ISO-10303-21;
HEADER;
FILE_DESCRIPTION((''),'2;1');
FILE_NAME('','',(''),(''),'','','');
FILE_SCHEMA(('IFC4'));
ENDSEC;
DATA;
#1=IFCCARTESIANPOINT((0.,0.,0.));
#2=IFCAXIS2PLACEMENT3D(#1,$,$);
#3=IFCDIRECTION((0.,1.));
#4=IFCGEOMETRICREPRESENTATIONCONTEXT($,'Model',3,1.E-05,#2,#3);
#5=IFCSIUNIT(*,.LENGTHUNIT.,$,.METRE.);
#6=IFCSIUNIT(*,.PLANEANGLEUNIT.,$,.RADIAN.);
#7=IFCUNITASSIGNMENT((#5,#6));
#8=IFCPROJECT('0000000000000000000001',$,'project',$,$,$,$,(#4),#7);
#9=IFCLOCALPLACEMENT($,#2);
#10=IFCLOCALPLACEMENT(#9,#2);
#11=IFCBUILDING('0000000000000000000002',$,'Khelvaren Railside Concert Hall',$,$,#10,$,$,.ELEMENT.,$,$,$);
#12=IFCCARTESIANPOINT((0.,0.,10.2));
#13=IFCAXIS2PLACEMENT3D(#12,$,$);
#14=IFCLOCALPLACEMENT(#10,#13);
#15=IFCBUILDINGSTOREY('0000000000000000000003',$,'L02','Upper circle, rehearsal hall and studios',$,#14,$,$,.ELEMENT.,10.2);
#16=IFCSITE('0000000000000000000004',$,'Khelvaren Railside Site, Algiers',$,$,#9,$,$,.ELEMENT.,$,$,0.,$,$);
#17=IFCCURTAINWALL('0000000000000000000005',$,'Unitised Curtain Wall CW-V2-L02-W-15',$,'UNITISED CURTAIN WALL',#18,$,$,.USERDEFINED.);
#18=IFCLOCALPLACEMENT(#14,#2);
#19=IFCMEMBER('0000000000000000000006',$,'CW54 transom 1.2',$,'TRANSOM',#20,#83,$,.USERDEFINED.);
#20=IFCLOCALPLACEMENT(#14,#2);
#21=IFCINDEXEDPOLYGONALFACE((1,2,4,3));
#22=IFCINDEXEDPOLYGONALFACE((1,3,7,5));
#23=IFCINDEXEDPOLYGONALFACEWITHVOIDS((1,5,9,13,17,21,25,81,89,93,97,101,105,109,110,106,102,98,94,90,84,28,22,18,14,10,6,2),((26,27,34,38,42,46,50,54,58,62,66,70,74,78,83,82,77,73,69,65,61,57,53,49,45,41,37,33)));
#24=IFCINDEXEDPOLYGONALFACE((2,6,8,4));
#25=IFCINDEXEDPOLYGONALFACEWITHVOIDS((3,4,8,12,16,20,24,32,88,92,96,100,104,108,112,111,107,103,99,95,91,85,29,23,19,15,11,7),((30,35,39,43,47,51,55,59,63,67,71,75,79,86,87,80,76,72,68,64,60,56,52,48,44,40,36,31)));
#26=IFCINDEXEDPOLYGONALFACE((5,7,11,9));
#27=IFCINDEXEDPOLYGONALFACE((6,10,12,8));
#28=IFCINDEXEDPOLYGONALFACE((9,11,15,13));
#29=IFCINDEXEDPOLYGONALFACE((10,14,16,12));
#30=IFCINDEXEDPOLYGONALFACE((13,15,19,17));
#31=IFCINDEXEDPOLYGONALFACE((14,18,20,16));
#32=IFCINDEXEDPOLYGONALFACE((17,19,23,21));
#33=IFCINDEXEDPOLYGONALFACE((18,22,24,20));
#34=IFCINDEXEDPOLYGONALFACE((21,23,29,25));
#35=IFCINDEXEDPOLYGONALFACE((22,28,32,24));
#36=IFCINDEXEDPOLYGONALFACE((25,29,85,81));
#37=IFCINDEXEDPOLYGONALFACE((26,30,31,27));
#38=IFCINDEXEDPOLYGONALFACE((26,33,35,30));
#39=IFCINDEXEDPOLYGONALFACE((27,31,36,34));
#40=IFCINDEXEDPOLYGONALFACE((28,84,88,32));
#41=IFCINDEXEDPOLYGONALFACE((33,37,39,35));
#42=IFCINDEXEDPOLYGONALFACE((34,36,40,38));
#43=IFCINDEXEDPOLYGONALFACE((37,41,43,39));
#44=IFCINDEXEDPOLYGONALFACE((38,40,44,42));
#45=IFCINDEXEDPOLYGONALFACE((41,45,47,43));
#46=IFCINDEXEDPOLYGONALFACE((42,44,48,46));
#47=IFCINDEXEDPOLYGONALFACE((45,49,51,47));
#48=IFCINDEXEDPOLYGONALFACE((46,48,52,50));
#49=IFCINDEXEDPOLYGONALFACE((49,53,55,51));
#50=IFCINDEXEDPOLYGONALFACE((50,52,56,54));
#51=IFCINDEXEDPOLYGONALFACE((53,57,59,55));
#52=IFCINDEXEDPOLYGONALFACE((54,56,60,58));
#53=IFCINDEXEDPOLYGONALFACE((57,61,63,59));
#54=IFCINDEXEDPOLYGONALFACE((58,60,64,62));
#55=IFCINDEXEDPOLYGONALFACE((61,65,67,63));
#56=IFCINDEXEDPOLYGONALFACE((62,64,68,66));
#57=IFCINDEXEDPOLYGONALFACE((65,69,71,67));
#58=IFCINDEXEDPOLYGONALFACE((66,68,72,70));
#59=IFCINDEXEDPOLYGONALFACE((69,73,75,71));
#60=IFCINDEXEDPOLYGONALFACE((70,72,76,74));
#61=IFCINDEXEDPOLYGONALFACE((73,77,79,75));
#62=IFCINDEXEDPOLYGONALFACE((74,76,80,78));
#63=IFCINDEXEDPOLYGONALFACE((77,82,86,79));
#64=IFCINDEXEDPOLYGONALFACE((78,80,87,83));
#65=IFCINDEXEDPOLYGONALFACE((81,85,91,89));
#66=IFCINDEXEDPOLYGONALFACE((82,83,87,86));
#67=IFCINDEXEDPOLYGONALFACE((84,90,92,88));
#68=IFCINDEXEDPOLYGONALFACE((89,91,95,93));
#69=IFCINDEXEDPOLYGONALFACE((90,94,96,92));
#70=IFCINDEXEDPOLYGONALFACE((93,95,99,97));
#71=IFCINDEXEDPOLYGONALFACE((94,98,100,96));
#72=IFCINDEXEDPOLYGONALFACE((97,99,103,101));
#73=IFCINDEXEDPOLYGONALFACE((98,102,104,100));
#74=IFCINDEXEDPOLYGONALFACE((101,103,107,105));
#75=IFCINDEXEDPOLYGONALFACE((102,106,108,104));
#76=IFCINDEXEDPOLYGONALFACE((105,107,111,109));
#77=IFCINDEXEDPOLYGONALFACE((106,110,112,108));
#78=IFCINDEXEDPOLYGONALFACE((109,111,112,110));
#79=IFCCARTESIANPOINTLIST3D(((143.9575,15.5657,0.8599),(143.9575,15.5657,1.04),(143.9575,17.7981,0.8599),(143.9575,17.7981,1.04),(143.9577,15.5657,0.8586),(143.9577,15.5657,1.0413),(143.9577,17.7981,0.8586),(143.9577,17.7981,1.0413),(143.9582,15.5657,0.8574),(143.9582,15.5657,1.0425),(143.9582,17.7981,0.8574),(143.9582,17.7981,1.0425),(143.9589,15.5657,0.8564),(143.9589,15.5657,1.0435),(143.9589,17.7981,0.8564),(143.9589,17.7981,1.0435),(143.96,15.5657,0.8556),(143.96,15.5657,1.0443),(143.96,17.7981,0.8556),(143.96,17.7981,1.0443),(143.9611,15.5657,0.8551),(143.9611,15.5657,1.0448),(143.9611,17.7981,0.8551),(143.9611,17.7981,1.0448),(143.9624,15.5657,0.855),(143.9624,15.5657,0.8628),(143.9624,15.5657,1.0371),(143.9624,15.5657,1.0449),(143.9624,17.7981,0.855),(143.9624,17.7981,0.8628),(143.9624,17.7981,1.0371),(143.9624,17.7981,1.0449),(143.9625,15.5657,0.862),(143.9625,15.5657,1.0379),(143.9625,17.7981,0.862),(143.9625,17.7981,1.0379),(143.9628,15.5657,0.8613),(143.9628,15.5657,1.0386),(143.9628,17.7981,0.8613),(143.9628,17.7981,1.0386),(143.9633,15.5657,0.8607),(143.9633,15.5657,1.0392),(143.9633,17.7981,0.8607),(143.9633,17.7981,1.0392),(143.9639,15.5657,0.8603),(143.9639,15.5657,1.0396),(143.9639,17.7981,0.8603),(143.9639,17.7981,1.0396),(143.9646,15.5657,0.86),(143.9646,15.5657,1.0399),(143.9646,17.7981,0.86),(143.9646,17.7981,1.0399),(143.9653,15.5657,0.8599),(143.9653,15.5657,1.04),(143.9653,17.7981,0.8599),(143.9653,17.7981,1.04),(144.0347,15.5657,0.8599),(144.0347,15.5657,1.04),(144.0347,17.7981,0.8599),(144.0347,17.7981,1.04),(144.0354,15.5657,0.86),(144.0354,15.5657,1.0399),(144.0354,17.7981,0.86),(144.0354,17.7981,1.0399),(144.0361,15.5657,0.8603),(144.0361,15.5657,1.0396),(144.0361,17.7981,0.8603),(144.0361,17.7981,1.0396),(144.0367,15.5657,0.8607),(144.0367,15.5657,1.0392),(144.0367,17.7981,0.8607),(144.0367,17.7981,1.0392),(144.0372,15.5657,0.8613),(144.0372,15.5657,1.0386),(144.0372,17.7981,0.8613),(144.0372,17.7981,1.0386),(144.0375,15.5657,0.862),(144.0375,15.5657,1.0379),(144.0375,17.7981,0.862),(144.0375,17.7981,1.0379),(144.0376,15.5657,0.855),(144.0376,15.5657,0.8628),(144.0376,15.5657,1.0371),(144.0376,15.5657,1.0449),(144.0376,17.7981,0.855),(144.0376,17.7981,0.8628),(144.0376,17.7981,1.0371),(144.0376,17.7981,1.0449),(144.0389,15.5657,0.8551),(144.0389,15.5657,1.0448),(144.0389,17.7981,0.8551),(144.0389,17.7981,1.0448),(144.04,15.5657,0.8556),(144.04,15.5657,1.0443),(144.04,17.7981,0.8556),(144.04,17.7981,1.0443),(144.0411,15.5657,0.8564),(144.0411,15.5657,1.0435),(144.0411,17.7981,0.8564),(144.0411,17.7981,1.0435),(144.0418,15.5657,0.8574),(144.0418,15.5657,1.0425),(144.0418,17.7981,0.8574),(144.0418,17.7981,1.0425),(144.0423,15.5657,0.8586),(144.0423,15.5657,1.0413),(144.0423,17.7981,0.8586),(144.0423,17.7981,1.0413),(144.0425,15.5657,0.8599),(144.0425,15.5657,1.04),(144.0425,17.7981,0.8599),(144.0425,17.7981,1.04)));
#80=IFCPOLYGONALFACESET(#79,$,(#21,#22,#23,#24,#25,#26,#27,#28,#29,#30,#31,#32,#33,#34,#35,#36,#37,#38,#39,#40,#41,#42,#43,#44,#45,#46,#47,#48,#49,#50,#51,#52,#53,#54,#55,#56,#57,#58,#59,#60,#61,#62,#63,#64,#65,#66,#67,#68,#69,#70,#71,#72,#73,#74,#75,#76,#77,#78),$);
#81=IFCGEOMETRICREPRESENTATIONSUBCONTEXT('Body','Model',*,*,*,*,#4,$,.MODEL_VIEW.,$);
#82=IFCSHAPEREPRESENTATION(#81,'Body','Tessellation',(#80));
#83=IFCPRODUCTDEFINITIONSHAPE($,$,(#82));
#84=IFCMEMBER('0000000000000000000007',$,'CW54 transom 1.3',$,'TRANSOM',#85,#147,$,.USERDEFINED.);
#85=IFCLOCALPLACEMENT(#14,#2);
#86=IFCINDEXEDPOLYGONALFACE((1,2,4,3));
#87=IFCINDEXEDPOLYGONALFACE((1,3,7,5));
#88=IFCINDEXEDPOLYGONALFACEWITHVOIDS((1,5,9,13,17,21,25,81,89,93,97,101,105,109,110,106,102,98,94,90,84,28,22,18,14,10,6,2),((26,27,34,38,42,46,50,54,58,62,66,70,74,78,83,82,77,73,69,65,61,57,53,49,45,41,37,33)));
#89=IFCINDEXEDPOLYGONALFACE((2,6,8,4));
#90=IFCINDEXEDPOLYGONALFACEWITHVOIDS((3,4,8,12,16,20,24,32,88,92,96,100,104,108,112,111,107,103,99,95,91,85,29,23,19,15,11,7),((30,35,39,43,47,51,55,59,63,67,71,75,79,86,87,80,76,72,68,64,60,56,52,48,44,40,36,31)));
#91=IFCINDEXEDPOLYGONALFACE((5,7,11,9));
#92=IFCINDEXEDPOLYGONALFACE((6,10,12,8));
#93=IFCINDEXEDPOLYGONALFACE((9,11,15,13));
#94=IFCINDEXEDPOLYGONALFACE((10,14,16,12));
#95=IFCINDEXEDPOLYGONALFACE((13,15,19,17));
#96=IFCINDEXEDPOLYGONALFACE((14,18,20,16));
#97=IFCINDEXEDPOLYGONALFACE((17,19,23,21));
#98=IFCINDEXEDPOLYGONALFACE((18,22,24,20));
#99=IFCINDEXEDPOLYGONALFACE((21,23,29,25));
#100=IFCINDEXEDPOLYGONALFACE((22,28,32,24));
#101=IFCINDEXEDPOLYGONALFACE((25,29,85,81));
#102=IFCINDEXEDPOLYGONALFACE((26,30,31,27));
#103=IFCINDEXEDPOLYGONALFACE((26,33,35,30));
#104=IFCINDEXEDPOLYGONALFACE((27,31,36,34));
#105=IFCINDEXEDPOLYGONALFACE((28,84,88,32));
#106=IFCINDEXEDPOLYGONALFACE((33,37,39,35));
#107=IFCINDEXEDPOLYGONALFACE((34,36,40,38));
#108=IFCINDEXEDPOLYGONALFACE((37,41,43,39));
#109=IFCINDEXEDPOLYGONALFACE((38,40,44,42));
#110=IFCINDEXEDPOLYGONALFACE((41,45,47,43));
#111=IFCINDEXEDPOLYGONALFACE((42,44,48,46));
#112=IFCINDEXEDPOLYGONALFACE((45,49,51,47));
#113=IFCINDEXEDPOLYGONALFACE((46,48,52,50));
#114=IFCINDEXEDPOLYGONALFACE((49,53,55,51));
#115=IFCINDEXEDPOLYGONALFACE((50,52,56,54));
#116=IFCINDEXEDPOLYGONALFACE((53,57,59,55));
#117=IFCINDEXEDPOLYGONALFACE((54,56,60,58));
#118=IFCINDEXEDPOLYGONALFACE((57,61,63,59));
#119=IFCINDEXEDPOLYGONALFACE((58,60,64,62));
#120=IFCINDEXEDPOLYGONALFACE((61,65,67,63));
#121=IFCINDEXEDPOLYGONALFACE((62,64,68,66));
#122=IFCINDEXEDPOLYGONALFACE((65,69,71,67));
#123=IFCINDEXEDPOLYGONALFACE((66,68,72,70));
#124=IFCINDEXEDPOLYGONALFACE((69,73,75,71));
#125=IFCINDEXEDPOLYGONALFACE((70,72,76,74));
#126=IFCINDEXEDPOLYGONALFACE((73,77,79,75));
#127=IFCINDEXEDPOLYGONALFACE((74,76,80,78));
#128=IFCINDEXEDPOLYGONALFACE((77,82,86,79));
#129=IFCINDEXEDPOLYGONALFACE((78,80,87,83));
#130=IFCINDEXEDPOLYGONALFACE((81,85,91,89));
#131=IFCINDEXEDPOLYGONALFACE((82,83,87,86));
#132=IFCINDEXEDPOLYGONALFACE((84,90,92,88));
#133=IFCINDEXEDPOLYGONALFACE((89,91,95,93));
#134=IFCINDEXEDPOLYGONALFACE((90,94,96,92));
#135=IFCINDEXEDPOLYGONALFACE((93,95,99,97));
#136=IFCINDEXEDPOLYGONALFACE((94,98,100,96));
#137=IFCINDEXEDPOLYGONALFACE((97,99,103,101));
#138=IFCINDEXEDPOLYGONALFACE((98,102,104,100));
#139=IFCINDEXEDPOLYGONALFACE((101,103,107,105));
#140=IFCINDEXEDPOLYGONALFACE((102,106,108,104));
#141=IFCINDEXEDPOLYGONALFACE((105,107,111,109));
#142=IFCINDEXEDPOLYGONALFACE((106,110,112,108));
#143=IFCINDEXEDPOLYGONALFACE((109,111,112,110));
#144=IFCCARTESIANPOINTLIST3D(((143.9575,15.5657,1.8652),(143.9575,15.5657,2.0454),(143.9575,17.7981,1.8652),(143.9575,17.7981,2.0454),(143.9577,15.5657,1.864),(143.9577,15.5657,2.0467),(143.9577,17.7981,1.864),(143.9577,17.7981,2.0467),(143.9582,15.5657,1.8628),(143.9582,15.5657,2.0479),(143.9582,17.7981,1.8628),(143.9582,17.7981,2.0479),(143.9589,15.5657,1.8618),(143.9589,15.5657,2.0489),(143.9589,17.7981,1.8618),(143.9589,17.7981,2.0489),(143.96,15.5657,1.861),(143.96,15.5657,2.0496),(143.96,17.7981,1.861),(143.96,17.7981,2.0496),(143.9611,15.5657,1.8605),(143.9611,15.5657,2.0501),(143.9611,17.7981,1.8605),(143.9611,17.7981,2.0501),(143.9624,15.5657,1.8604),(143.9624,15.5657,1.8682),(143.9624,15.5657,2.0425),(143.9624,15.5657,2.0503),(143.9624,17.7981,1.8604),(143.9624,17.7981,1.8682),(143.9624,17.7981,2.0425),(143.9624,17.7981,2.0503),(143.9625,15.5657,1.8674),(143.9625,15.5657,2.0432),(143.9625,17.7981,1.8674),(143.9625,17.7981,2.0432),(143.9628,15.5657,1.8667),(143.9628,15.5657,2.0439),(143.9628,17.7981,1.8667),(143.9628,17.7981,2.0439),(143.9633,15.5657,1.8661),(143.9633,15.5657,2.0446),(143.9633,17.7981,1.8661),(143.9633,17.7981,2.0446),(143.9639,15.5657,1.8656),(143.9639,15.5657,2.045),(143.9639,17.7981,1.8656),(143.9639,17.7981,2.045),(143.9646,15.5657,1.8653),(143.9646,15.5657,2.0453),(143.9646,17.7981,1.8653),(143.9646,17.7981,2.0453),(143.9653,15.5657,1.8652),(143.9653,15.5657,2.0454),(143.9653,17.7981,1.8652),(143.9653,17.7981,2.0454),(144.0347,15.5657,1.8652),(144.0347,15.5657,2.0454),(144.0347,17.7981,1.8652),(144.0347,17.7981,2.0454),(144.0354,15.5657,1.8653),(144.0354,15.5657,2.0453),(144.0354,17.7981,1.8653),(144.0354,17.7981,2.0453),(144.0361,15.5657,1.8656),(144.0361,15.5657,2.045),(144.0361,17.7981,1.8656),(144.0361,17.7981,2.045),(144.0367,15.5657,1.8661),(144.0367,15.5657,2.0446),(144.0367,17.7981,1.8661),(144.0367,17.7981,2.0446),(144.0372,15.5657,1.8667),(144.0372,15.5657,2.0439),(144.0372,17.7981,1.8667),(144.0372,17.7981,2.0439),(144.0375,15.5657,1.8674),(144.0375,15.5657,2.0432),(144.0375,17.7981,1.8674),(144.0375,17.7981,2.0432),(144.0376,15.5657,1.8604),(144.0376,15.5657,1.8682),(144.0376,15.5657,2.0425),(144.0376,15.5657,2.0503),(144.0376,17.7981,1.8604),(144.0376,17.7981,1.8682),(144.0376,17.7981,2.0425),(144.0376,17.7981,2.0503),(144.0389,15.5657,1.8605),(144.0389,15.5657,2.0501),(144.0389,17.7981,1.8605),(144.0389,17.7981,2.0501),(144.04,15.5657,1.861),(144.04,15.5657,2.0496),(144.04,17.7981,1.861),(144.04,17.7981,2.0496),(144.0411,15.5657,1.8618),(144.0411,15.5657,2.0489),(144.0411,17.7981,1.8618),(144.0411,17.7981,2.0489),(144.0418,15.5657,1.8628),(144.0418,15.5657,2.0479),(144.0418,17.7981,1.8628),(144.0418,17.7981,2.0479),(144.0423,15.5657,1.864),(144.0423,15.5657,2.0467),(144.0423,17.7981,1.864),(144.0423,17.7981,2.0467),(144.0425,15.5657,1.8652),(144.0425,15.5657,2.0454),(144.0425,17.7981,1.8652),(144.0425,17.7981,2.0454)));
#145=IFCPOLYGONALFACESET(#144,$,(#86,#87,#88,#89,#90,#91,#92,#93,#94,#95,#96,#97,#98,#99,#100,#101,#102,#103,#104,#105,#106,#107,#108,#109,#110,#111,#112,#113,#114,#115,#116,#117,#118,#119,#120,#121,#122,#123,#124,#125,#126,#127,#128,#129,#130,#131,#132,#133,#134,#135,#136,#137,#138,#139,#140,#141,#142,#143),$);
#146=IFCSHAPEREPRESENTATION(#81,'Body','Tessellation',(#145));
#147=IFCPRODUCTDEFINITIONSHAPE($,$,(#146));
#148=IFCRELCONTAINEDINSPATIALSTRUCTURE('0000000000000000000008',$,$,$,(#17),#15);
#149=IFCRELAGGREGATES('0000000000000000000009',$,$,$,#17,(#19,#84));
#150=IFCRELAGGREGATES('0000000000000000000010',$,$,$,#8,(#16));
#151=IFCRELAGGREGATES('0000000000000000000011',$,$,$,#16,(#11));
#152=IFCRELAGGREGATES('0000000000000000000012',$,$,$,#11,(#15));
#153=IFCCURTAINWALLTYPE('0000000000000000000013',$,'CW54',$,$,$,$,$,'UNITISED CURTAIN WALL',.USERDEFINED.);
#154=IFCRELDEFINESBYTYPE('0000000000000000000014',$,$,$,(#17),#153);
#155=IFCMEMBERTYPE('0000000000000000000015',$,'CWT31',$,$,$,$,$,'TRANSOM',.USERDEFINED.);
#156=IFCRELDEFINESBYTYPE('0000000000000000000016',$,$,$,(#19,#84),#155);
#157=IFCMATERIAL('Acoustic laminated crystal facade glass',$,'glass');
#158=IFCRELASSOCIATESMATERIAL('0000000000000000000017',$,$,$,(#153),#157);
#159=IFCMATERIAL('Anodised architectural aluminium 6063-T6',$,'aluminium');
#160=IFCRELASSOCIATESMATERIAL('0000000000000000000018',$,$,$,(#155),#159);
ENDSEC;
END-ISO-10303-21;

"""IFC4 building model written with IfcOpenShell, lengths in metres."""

from ifc_helpers import new_model, si_unit, direction, frame, origin, origin_2d, place, context, subcontext, project, spatial, hollow_rectangle, extrude, material, material_profile, profile_set, type_object, element, aggregate, save


model = new_model("IFC4")

# Units and contexts
model_context = context("Model", 3, precision=1e-05, world=origin(), true_north=direction((0.0, 1.0)))
body_context = subcontext(model_context, "Body", "Model", "MODEL_VIEW")
ifc_project = project(units=[si_unit("LENGTHUNIT", "METRE"), si_unit("PLANEANGLEUNIT", "RADIAN")], contexts=[model_context])

# Site, building, storey
site_placement = place(None, origin())
site = spatial("IfcSite", under=ifc_project, at=site_placement, Name="Khelvaren Railside Site, Algiers", CompositionType="ELEMENT", RefElevation=0.0)
building_placement = place(site_placement, origin())
building = spatial("IfcBuilding", under=site, at=building_placement, Name="Khelvaren Railside Concert Hall", CompositionType="ELEMENT")
storey_placement = place(building_placement, frame((0.0, 0.0, 10.2)))
storey = spatial("IfcBuildingStorey", under=building, at=storey_placement, Name="L02", Description="Upper circle, rehearsal hall and studios", CompositionType="ELEMENT", Elevation=10.2)

# Shared definitions
ifc_material_1 = material(Name="Anodised architectural aluminium 6063-T6", Category="aluminium")

# Curtain wall, members
ifc_material_2 = material(Name="Acoustic laminated crystal facade glass", Category="glass")
curtain_wall_type_1 = type_object("IfcCurtainWallType", Name="CW54", ElementType="UNITISED CURTAIN WALL", PredefinedType="USERDEFINED", material=ifc_material_2)
curtain_wall_1_placement = place(storey_placement, origin())
curtain_wall_1 = element("IfcCurtainWall", 1, at=curtain_wall_1_placement, inside=storey, type_object=curtain_wall_type_1, Name="Unitised Curtain Wall CW-V2-L02-W-15", ObjectType="UNITISED CURTAIN WALL", PredefinedType="USERDEFINED")
ifc_material_profile_1 = material_profile(ifc_material_1, hollow_rectangle(XDim=0.085, YDim=0.1899, WallThickness=0.0049, InnerFilletRadius=0.0029, OuterFilletRadius=0.0049, at=origin_2d()), Name="CWT 85x190x5")
ifc_profile_set_1 = profile_set([ifc_material_profile_1], Name="Anodised architectural aluminium 6063-T6")
member_type_1 = type_object("IfcMemberType", Name="CWT31", ElementType="TRANSOM", PredefinedType="USERDEFINED", material=ifc_profile_set_1)
member_1_placement = place(storey_placement, frame((144.0, 15.5657, 0.95), z_axis=(0.0, 1.0, 0.0), x_axis=(-1.0, 0.0, 0.0)))
member_1 = element("IfcMember", 2, at=member_1_placement, type_object=member_type_1, Name="CW54 transom 1.2", ObjectType="TRANSOM", PredefinedType="USERDEFINED", context=body_context, shape_type="SweptSolid", body=[
    extrude(hollow_rectangle(XDim=0.085, YDim=0.1899, WallThickness=0.0049, InnerFilletRadius=0.0029, OuterFilletRadius=0.0049, at=origin_2d()), origin(), (0.0, 0.0, 1.0), 2.2324),
])
member_2_placement = place(storey_placement, frame((144.0, 15.5657, 1.9553), z_axis=(0.0, 1.0, 0.0), x_axis=(-1.0, 0.0, 0.0)))
member_2 = element("IfcMember", 3, at=member_2_placement, type_object=member_type_1, Name="CW54 transom 1.3", ObjectType="TRANSOM", PredefinedType="USERDEFINED", context=body_context, shape_type="SweptSolid", body=[
    extrude(hollow_rectangle(XDim=0.085, YDim=0.1899, WallThickness=0.0049, InnerFilletRadius=0.0029, OuterFilletRadius=0.0049, at=origin_2d()), origin(), (0.0, 0.0, 1.0), 2.2324),
])

aggregate(curtain_wall_1, [member_1, member_2])

save(model, "model.ifc")
